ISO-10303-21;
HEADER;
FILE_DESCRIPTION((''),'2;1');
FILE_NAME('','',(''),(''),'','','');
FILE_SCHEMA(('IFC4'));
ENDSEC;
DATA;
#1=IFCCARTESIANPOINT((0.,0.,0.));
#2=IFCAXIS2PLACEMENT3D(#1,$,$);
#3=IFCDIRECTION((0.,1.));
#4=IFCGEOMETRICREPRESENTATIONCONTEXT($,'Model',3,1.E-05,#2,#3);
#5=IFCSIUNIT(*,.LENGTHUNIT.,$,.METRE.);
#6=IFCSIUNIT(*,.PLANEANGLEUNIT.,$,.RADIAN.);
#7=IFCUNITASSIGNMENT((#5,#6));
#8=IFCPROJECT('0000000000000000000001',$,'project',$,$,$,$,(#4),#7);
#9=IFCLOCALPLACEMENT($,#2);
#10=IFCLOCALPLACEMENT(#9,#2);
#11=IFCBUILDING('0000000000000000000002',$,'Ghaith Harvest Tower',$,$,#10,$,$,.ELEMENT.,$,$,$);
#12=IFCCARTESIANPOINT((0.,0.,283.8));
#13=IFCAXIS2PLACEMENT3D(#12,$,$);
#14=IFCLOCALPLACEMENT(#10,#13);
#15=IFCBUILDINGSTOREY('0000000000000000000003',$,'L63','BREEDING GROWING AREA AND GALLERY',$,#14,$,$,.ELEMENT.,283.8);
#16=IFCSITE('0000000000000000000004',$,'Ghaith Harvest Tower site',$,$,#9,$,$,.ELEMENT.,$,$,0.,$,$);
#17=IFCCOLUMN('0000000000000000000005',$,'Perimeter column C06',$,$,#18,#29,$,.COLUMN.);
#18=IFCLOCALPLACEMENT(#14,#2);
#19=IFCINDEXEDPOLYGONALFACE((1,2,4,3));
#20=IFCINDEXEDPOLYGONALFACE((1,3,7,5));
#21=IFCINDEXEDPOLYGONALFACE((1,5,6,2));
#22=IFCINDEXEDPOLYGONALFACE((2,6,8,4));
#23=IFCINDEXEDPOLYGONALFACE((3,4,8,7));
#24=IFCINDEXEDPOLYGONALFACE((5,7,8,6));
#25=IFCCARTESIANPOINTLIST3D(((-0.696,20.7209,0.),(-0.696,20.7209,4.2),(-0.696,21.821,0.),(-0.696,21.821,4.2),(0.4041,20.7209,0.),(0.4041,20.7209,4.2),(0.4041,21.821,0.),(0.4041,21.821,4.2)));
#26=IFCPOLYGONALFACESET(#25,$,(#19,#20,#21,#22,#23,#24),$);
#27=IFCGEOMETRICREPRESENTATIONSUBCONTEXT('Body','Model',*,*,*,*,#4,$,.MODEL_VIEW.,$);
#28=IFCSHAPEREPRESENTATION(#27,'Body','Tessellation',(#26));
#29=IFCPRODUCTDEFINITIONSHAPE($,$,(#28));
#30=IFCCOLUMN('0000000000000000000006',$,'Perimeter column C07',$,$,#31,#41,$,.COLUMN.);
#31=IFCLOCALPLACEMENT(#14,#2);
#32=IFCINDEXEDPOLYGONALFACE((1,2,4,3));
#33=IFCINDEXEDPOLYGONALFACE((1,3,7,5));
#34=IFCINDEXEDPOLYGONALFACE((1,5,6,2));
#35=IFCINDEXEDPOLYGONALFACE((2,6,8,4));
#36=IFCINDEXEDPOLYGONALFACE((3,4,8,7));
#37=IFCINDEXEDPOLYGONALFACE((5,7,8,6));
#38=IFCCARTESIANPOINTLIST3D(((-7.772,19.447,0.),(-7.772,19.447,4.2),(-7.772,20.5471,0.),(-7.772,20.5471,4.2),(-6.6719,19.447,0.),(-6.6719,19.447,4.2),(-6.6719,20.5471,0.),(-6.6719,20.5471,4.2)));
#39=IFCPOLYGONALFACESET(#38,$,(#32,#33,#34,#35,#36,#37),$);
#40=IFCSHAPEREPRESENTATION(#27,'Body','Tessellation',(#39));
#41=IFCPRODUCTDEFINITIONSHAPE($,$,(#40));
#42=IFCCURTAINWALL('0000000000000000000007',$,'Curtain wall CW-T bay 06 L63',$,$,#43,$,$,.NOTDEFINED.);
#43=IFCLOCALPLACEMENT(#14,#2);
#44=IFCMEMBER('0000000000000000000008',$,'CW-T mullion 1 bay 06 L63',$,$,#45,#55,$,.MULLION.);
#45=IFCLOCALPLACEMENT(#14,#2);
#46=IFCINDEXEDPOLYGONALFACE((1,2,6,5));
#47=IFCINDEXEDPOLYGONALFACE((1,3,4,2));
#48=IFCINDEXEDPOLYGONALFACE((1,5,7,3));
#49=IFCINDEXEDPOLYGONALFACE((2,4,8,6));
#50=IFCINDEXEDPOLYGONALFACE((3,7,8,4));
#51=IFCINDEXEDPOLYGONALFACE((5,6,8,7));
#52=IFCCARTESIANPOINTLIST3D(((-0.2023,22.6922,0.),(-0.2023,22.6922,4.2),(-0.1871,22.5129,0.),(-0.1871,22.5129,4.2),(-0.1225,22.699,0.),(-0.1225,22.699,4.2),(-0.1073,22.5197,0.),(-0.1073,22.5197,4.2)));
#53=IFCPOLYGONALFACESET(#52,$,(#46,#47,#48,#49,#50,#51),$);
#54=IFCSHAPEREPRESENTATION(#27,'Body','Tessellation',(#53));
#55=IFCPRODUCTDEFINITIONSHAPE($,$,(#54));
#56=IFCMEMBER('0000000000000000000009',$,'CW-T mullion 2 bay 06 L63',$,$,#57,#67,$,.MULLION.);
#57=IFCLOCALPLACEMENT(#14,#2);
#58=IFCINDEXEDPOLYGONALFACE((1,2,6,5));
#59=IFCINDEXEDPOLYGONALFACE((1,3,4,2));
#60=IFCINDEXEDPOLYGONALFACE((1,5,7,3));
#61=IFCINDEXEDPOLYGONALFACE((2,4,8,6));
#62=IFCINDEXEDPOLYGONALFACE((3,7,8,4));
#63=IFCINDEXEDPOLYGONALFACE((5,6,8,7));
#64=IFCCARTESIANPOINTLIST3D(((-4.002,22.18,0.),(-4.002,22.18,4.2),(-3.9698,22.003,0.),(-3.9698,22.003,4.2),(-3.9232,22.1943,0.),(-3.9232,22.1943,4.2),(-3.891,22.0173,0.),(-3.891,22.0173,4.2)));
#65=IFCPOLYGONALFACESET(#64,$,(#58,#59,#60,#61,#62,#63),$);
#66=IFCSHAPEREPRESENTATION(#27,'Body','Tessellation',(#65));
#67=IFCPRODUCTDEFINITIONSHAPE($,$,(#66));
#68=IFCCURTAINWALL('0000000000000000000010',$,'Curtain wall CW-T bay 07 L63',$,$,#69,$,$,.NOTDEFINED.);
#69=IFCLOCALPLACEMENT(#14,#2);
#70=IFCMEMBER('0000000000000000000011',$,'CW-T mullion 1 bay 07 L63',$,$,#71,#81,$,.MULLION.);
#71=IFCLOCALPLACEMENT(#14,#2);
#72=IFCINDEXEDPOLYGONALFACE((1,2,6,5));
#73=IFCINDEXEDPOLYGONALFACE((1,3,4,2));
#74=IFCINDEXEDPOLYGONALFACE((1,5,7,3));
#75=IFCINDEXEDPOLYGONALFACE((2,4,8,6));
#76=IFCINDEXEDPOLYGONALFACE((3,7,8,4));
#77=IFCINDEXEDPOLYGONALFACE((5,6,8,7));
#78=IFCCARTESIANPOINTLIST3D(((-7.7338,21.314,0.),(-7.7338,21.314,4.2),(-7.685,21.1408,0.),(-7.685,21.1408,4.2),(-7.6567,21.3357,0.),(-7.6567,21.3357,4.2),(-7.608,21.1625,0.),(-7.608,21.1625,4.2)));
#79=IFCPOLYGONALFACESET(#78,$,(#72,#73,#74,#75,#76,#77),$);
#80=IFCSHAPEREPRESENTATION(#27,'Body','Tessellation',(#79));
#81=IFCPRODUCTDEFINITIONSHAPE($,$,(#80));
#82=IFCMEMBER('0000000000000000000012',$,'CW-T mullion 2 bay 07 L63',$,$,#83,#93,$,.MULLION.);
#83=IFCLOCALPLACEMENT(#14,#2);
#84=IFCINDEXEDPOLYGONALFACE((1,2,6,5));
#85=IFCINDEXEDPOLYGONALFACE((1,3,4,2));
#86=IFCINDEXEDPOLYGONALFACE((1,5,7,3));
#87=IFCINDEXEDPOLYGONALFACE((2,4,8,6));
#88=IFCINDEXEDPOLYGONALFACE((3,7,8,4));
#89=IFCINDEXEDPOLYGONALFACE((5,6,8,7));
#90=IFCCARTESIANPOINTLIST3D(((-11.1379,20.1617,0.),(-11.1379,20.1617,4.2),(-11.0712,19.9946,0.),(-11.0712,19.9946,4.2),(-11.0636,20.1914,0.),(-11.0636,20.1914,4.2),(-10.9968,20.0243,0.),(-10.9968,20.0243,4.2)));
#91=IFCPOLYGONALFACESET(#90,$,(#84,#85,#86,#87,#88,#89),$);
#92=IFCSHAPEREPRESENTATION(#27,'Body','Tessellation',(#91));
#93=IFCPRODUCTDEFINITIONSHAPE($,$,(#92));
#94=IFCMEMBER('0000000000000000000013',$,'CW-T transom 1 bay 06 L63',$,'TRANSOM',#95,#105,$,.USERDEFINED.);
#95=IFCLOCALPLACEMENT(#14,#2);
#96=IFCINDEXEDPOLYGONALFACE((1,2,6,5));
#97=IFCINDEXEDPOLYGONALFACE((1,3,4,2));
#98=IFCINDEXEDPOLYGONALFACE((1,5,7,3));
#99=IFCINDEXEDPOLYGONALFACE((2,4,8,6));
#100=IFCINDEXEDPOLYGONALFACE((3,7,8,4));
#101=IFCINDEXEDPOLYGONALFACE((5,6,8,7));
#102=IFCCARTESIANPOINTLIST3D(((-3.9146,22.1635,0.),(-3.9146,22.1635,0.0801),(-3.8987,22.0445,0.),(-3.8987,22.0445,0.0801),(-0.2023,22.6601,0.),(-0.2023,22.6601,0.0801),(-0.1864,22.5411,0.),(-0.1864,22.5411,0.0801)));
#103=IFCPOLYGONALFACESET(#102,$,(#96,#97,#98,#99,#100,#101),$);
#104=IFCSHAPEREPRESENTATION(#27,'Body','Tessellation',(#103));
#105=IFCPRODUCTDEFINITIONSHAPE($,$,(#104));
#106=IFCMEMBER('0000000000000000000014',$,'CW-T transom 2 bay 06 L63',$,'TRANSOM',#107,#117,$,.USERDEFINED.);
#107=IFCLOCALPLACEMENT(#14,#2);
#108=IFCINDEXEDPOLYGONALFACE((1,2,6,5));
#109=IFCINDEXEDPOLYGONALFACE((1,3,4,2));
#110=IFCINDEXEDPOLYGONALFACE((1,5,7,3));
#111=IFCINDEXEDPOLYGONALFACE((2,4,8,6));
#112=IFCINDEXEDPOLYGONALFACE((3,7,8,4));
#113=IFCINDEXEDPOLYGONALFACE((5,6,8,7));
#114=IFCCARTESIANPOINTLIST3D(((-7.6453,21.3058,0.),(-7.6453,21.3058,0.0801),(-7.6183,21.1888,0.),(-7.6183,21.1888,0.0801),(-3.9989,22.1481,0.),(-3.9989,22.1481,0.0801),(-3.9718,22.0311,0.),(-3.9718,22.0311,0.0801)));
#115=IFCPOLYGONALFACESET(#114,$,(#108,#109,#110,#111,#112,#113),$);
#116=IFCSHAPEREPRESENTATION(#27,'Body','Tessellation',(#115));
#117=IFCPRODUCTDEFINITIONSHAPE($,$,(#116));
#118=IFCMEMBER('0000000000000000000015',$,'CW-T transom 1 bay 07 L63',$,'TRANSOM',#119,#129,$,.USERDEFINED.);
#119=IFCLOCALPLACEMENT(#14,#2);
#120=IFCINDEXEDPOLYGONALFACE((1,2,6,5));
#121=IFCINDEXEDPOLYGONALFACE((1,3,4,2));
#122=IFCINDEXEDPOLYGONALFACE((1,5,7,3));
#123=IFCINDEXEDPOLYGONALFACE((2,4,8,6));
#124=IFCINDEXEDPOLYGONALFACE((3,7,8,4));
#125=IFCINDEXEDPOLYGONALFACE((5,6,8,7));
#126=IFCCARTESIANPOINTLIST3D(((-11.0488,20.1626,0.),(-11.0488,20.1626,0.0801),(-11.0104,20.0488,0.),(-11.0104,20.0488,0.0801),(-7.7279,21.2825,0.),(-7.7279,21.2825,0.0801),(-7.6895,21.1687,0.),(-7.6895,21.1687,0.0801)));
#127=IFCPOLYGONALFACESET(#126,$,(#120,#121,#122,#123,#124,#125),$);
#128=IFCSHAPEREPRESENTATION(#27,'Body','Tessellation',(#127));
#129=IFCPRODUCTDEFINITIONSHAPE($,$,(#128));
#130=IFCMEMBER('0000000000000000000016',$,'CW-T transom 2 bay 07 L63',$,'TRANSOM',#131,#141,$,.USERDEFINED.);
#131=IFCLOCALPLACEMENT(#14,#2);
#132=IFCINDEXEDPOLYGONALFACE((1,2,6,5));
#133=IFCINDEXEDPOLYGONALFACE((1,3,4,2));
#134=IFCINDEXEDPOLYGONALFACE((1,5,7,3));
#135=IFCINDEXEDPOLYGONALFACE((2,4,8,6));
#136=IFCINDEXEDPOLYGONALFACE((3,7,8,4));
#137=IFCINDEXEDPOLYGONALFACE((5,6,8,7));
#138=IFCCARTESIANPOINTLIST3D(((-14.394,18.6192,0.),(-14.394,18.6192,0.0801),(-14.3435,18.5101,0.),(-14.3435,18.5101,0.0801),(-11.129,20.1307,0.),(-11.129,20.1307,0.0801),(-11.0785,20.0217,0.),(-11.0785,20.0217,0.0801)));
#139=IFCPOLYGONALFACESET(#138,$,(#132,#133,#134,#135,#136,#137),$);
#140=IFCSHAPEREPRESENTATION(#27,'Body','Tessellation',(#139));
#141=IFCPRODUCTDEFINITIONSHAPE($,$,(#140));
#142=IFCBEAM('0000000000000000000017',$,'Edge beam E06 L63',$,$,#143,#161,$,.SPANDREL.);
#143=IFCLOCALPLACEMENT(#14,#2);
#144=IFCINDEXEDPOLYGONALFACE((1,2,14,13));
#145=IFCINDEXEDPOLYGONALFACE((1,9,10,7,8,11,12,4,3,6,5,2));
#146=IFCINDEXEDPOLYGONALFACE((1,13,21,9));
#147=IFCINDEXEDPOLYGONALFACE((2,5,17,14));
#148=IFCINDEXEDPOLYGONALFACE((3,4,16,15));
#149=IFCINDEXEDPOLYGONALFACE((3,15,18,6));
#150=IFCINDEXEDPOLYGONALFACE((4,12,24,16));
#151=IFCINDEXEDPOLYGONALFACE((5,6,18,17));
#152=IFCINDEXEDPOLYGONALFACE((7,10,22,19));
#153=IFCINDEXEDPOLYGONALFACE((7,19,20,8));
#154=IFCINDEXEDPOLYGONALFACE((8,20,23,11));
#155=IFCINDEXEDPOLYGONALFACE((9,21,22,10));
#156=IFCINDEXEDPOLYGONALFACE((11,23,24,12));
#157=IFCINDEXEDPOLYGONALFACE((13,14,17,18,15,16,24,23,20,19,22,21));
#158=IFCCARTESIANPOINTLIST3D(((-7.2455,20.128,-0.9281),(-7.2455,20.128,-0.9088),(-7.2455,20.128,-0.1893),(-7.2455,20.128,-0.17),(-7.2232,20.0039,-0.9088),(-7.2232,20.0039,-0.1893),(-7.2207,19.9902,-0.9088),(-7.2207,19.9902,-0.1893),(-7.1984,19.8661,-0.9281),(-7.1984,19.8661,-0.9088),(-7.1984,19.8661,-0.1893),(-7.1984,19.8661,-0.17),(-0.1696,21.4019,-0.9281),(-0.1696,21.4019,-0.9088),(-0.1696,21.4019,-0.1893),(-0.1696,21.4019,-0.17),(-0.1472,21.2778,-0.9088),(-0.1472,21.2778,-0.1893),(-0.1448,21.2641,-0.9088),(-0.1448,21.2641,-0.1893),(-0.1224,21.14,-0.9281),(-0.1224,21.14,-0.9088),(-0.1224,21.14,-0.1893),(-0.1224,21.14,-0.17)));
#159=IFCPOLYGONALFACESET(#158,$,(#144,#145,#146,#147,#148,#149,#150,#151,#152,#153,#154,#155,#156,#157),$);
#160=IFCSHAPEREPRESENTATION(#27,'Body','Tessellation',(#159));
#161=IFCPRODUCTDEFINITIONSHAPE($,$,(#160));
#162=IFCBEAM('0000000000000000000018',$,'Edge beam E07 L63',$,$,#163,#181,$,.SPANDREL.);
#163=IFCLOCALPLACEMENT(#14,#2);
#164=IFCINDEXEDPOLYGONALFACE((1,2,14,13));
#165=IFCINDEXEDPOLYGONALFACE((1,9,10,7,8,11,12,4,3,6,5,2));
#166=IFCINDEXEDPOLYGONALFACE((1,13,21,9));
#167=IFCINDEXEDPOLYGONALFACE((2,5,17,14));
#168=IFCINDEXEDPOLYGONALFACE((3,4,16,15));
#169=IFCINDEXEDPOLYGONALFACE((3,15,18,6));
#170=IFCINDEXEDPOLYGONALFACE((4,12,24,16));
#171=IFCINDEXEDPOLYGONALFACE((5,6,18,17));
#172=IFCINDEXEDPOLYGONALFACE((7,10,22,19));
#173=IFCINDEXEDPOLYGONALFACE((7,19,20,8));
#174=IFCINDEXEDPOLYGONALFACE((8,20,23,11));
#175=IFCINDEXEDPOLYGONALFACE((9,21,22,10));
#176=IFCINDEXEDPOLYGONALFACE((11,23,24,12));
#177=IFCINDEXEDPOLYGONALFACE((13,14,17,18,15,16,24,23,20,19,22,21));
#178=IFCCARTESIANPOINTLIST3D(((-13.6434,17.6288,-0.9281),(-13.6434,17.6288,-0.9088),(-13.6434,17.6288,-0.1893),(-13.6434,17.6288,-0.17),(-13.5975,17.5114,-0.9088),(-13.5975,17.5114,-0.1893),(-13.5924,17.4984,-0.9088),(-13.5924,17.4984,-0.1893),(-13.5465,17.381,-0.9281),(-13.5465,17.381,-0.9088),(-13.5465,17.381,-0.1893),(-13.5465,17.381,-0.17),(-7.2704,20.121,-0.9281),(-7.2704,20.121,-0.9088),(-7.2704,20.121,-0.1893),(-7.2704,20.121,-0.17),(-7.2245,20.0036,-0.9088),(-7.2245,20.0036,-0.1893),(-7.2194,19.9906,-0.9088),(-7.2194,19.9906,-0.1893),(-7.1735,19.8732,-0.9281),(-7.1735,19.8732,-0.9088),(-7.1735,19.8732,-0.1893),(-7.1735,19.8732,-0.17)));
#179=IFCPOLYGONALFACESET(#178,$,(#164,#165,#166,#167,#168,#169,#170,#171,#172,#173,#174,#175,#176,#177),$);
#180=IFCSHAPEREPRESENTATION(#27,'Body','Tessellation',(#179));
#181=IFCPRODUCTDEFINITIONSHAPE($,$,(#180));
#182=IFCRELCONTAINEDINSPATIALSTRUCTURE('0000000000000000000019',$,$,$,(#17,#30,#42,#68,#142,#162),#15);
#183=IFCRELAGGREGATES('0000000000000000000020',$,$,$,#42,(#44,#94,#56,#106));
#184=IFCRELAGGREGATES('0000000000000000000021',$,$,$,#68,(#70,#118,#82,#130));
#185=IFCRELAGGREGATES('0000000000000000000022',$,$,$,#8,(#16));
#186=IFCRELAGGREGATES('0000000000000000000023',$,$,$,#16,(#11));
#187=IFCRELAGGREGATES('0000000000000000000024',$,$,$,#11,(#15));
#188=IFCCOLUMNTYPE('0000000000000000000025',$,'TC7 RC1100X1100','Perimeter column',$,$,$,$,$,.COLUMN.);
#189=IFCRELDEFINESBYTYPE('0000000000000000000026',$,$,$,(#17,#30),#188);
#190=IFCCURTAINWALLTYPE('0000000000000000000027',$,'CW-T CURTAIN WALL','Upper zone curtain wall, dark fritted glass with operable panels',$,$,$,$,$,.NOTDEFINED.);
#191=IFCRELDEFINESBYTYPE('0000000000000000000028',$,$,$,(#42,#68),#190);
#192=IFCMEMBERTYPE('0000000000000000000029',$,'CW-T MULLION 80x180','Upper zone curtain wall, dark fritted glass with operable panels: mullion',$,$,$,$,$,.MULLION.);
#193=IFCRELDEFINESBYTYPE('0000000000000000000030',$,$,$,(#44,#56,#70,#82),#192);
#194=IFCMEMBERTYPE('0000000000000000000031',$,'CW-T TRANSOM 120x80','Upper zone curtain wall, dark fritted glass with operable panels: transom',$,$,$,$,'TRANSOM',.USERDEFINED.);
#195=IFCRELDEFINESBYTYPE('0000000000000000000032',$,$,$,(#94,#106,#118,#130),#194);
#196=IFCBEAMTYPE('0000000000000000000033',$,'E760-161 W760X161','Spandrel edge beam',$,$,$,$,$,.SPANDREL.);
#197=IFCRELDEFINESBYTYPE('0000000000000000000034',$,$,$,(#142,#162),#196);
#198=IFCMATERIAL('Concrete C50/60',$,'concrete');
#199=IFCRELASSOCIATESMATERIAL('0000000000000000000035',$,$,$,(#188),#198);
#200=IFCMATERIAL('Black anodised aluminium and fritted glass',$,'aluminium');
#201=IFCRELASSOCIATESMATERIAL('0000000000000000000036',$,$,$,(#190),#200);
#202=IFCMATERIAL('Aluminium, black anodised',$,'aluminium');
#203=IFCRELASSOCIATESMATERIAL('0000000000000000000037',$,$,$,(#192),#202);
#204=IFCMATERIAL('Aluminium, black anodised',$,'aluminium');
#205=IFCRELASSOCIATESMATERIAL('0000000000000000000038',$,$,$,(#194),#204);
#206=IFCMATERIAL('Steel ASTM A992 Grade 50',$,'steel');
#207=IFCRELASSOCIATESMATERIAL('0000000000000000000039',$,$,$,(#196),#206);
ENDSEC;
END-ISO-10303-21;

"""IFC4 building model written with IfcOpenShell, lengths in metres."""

from ifc_helpers import new_model, si_unit, direction, frame, origin, origin_2d, place, context, subcontext, project, spatial, rectangle, i_section, extrude, material, material_profile, profile_set, type_object, element, aggregate, save


model = new_model("IFC4")

# Units and contexts
model_context = context("Model", 3, precision=1e-05, world=origin(), true_north=direction((0.0, 1.0)))
body_context = subcontext(model_context, "Body", "Model", "MODEL_VIEW")
ifc_project = project(units=[si_unit("LENGTHUNIT", "METRE"), si_unit("PLANEANGLEUNIT", "RADIAN")], contexts=[model_context])

# Site, building, storey
site_placement = place(None, origin())
site = spatial("IfcSite", under=ifc_project, at=site_placement, Name="Ghaith Harvest Tower site", CompositionType="ELEMENT", RefElevation=0.0)
building_placement = place(site_placement, origin())
building = spatial("IfcBuilding", under=site, at=building_placement, Name="Ghaith Harvest Tower", CompositionType="ELEMENT")
storey_placement = place(building_placement, frame((0.0, 0.0, 283.8)))
storey = spatial("IfcBuildingStorey", under=building, at=storey_placement, Name="L63", Description="BREEDING GROWING AREA AND GALLERY", CompositionType="ELEMENT", Elevation=283.8)

# Columns
ifc_material_1 = material(Name="Concrete C50/60", Category="concrete")
ifc_material_profile_1 = material_profile(ifc_material_1, rectangle(XDim=1.1001, YDim=1.1001, at=origin_2d()), Name="RC1100X1100")
ifc_profile_set_1 = profile_set([ifc_material_profile_1], Name="Concrete C50/60")
column_type = type_object("IfcColumnType", Name="TC7 RC1100X1100", Description="Perimeter column", PredefinedType="COLUMN", material=ifc_profile_set_1)
for number, where, z_axis, x_axis, name in (
    (1, (-0.146, 21.271, 0.0), (0.0, 0.0, 1.0), (1.0, 0.0, 0.0), "Perimeter column C06"),
    (2, (-7.2219, 19.9971, 0.0), (0.0, 0.0, 1.0), (1.0, 0.0, 0.0), "Perimeter column C07"),
):
    element("IfcColumn", number, at=place(storey_placement, frame(where, z_axis=z_axis, x_axis=x_axis)), inside=storey, type_object=column_type, Name=name, PredefinedType="COLUMN", context=body_context, shape_type="SweptSolid", body=[
        extrude(rectangle(XDim=1.1001, YDim=1.1001, at=origin_2d()), origin(), (0.0, 0.0, 1.0), 4.2),
    ])

# Curtain walls, members
ifc_material_2 = material(Name="Black anodised aluminium and fritted glass", Category="aluminium")
curtain_wall_type = type_object("IfcCurtainWallType", Name="CW-T CURTAIN WALL", Description="Upper zone curtain wall, dark fritted glass with operable panels", PredefinedType="NOTDEFINED", material=ifc_material_2)
curtain_wall_1_placement = place(storey_placement, origin())
curtain_wall_1 = element("IfcCurtainWall", 3, at=curtain_wall_1_placement, inside=storey, type_object=curtain_wall_type, Name="Curtain wall CW-T bay 06 L63", PredefinedType="NOTDEFINED")
ifc_material_3 = material(Name="Aluminium, black anodised", Category="aluminium")
ifc_material_profile_2 = material_profile(ifc_material_3, rectangle(XDim=0.0801, YDim=0.1799, at=origin_2d()), Name="CW-T MULLION 80x180")
ifc_profile_set_2 = profile_set([ifc_material_profile_2], Name="Aluminium, black anodised")
member_type_1 = type_object("IfcMemberType", Name="CW-T MULLION 80x180", Description="Upper zone curtain wall, dark fritted glass with operable panels: mullion", PredefinedType="MULLION", material=ifc_profile_set_2)
member_1_placement = place(storey_placement, frame((-0.1548, 22.606, 0.0), z_axis=(0.0, 0.0, 1.0), x_axis=(-0.996415, -0.084602, 0.0)))
member_1 = element("IfcMember", 4, at=member_1_placement, type_object=member_type_1, Name="CW-T mullion 1 bay 06 L63", PredefinedType="MULLION", context=body_context, shape_type="SweptSolid", body=[
    extrude(rectangle(XDim=0.0801, YDim=0.1799, at=origin_2d()), origin(), (0.0, 0.0, 1.0), 4.2),
])
member_2_placement = place(storey_placement, frame((-3.9465, 22.0986, 0.0), z_axis=(0.0, 0.0, 1.0), x_axis=(-0.983843, -0.179031, 0.0)))
member_2 = element("IfcMember", 5, at=member_2_placement, type_object=member_type_1, Name="CW-T mullion 2 bay 06 L63", PredefinedType="MULLION", context=body_context, shape_type="SweptSolid", body=[
    extrude(rectangle(XDim=0.0801, YDim=0.1799, at=origin_2d()), origin(), (0.0, 0.0, 1.0), 4.2),
])
curtain_wall_2_placement = place(storey_placement, origin())
curtain_wall_2 = element("IfcCurtainWall", 6, at=curtain_wall_2_placement, inside=storey, type_object=curtain_wall_type, Name="Curtain wall CW-T bay 07 L63", PredefinedType="NOTDEFINED")
member_3_placement = place(storey_placement, frame((-7.6709, 21.2383, 0.0), z_axis=(0.0, 0.0, 1.0), x_axis=(-0.962552, -0.271095, 0.0)))
member_3 = element("IfcMember", 7, at=member_3_placement, type_object=member_type_1, Name="CW-T mullion 1 bay 07 L63", PredefinedType="MULLION", context=body_context, shape_type="SweptSolid", body=[
    extrude(rectangle(XDim=0.0801, YDim=0.1799, at=origin_2d()), origin(), (0.0, 0.0, 1.0), 4.2),
])
member_4_placement = place(storey_placement, frame((-11.0674, 20.093, 0.0), z_axis=(0.0, 0.0, 1.0), x_axis=(-0.928624, -0.371021, 0.0)))
member_4 = element("IfcMember", 8, at=member_4_placement, type_object=member_type_1, Name="CW-T mullion 2 bay 07 L63", PredefinedType="MULLION", context=body_context, shape_type="SweptSolid", body=[
    extrude(rectangle(XDim=0.0801, YDim=0.1799, at=origin_2d()), origin(), (0.0, 0.0, 1.0), 4.2),
])

# Members
ifc_material_4 = material(Name="Aluminium, black anodised", Category="aluminium")
ifc_material_profile_3 = material_profile(ifc_material_4, rectangle(XDim=0.1201, YDim=0.0801, at=origin_2d()), Name="CW-T TRANSOM 120x80")
ifc_profile_set_3 = profile_set([ifc_material_profile_3], Name="Aluminium, black anodised")
member_type_2 = type_object("IfcMemberType", Name="CW-T TRANSOM 120x80", Description="Upper zone curtain wall, dark fritted glass with operable panels: transom", ElementType="TRANSOM", PredefinedType="USERDEFINED", material=ifc_profile_set_3)
member_5_placement = place(storey_placement, frame((-0.1943, 22.6006, 0.04), z_axis=(-0.991172, -0.132582, 0.0), x_axis=(0.132582, -0.991172, 0.0)))
member_5 = element("IfcMember", 9, at=member_5_placement, type_object=member_type_2, Name="CW-T transom 1 bay 06 L63", ObjectType="TRANSOM", PredefinedType="USERDEFINED", context=body_context, shape_type="SweptSolid", body=[
    extrude(rectangle(XDim=0.1201, YDim=0.0801, at=origin_2d()), origin(), (0.0, 0.0, 1.0), 3.7454),
])
member_6_placement = place(storey_placement, frame((-3.9854, 22.0896, 0.04), z_axis=(-0.974345, -0.22506, 0.0), x_axis=(0.22506, -0.974345, 0.0)))
member_6 = element("IfcMember", 10, at=member_6_placement, type_object=member_type_2, Name="CW-T transom 2 bay 06 L63", ObjectType="TRANSOM", PredefinedType="USERDEFINED", context=body_context, shape_type="SweptSolid", body=[
    extrude(rectangle(XDim=0.1201, YDim=0.0801, at=origin_2d()), origin(), (0.0, 0.0, 1.0), 3.7424),
])
member_7_placement = place(storey_placement, frame((-7.7087, 21.2256, 0.04), z_axis=(-0.94757, -0.319549, 0.0), x_axis=(0.319549, -0.94757, 0.0)))
member_7 = element("IfcMember", 11, at=member_7_placement, type_object=member_type_2, Name="CW-T transom 1 bay 07 L63", ObjectType="TRANSOM", PredefinedType="USERDEFINED", context=body_context, shape_type="SweptSolid", body=[
    extrude(rectangle(XDim=0.1201, YDim=0.0801, at=origin_2d()), origin(), (0.0, 0.0, 1.0), 3.5046),
])
member_8_placement = place(storey_placement, frame((-11.1038, 20.0762, 0.04), z_axis=(-0.907472, -0.420112, 0.0), x_axis=(0.420112, -0.907472, 0.0)))
member_8 = element("IfcMember", 12, at=member_8_placement, type_object=member_type_2, Name="CW-T transom 2 bay 07 L63", ObjectType="TRANSOM", PredefinedType="USERDEFINED", context=body_context, shape_type="SweptSolid", body=[
    extrude(rectangle(XDim=0.1201, YDim=0.0801, at=origin_2d()), origin(), (0.0, 0.0, 1.0), 3.5979),
])

# Beams
ifc_material_5 = material(Name="Steel ASTM A992 Grade 50", Category="steel")
ifc_material_profile_4 = material_profile(ifc_material_5, i_section(OverallWidth=0.2661, OverallDepth=0.7581, WebThickness=0.0139, FlangeThickness=0.0193, at=origin_2d()), Name="W760X161")
ifc_profile_set_4 = profile_set([ifc_material_profile_4], Name="Steel ASTM A992 Grade 50")
beam_type_1 = type_object("IfcBeamType", Name="E760-161 W760X161", Description="Spandrel edge beam", PredefinedType="SPANDREL", material=ifc_profile_set_4)
beam_1_placement = place(storey_placement, frame((-0.146, 21.271, -0.5491), z_axis=(-0.984177, -0.177188, 0.0), x_axis=(0.177188, -0.984177, 0.0)))
element("IfcBeam", 13, at=beam_1_placement, inside=storey, type_object=beam_type_1, Name="Edge beam E06 L63", PredefinedType="SPANDREL", context=body_context, shape_type="SweptSolid", body=[
    extrude(i_section(OverallWidth=0.2661, OverallDepth=0.7581, WebThickness=0.0139, FlangeThickness=0.0193, at=origin_2d()), origin(), (0.0, 0.0, 1.0), 7.1897),
])
beam_2_placement = place(storey_placement, frame((-7.2219, 19.9971, -0.5491), z_axis=(-0.931323, -0.364195, 0.0), x_axis=(0.364195, -0.931323, 0.0)))
element("IfcBeam", 14, at=beam_2_placement, inside=storey, type_object=beam_type_1, Name="Edge beam E07 L63", PredefinedType="SPANDREL", context=body_context, shape_type="SweptSolid", body=[
    extrude(i_section(OverallWidth=0.2661, OverallDepth=0.7581, WebThickness=0.0139, FlangeThickness=0.0193, at=origin_2d()), origin(), (0.0, 0.0, 1.0), 6.843),
])

aggregate(curtain_wall_1, [member_1, member_5, member_2, member_6])
aggregate(curtain_wall_2, [member_3, member_7, member_4, member_8])

save(model, "model.ifc")
